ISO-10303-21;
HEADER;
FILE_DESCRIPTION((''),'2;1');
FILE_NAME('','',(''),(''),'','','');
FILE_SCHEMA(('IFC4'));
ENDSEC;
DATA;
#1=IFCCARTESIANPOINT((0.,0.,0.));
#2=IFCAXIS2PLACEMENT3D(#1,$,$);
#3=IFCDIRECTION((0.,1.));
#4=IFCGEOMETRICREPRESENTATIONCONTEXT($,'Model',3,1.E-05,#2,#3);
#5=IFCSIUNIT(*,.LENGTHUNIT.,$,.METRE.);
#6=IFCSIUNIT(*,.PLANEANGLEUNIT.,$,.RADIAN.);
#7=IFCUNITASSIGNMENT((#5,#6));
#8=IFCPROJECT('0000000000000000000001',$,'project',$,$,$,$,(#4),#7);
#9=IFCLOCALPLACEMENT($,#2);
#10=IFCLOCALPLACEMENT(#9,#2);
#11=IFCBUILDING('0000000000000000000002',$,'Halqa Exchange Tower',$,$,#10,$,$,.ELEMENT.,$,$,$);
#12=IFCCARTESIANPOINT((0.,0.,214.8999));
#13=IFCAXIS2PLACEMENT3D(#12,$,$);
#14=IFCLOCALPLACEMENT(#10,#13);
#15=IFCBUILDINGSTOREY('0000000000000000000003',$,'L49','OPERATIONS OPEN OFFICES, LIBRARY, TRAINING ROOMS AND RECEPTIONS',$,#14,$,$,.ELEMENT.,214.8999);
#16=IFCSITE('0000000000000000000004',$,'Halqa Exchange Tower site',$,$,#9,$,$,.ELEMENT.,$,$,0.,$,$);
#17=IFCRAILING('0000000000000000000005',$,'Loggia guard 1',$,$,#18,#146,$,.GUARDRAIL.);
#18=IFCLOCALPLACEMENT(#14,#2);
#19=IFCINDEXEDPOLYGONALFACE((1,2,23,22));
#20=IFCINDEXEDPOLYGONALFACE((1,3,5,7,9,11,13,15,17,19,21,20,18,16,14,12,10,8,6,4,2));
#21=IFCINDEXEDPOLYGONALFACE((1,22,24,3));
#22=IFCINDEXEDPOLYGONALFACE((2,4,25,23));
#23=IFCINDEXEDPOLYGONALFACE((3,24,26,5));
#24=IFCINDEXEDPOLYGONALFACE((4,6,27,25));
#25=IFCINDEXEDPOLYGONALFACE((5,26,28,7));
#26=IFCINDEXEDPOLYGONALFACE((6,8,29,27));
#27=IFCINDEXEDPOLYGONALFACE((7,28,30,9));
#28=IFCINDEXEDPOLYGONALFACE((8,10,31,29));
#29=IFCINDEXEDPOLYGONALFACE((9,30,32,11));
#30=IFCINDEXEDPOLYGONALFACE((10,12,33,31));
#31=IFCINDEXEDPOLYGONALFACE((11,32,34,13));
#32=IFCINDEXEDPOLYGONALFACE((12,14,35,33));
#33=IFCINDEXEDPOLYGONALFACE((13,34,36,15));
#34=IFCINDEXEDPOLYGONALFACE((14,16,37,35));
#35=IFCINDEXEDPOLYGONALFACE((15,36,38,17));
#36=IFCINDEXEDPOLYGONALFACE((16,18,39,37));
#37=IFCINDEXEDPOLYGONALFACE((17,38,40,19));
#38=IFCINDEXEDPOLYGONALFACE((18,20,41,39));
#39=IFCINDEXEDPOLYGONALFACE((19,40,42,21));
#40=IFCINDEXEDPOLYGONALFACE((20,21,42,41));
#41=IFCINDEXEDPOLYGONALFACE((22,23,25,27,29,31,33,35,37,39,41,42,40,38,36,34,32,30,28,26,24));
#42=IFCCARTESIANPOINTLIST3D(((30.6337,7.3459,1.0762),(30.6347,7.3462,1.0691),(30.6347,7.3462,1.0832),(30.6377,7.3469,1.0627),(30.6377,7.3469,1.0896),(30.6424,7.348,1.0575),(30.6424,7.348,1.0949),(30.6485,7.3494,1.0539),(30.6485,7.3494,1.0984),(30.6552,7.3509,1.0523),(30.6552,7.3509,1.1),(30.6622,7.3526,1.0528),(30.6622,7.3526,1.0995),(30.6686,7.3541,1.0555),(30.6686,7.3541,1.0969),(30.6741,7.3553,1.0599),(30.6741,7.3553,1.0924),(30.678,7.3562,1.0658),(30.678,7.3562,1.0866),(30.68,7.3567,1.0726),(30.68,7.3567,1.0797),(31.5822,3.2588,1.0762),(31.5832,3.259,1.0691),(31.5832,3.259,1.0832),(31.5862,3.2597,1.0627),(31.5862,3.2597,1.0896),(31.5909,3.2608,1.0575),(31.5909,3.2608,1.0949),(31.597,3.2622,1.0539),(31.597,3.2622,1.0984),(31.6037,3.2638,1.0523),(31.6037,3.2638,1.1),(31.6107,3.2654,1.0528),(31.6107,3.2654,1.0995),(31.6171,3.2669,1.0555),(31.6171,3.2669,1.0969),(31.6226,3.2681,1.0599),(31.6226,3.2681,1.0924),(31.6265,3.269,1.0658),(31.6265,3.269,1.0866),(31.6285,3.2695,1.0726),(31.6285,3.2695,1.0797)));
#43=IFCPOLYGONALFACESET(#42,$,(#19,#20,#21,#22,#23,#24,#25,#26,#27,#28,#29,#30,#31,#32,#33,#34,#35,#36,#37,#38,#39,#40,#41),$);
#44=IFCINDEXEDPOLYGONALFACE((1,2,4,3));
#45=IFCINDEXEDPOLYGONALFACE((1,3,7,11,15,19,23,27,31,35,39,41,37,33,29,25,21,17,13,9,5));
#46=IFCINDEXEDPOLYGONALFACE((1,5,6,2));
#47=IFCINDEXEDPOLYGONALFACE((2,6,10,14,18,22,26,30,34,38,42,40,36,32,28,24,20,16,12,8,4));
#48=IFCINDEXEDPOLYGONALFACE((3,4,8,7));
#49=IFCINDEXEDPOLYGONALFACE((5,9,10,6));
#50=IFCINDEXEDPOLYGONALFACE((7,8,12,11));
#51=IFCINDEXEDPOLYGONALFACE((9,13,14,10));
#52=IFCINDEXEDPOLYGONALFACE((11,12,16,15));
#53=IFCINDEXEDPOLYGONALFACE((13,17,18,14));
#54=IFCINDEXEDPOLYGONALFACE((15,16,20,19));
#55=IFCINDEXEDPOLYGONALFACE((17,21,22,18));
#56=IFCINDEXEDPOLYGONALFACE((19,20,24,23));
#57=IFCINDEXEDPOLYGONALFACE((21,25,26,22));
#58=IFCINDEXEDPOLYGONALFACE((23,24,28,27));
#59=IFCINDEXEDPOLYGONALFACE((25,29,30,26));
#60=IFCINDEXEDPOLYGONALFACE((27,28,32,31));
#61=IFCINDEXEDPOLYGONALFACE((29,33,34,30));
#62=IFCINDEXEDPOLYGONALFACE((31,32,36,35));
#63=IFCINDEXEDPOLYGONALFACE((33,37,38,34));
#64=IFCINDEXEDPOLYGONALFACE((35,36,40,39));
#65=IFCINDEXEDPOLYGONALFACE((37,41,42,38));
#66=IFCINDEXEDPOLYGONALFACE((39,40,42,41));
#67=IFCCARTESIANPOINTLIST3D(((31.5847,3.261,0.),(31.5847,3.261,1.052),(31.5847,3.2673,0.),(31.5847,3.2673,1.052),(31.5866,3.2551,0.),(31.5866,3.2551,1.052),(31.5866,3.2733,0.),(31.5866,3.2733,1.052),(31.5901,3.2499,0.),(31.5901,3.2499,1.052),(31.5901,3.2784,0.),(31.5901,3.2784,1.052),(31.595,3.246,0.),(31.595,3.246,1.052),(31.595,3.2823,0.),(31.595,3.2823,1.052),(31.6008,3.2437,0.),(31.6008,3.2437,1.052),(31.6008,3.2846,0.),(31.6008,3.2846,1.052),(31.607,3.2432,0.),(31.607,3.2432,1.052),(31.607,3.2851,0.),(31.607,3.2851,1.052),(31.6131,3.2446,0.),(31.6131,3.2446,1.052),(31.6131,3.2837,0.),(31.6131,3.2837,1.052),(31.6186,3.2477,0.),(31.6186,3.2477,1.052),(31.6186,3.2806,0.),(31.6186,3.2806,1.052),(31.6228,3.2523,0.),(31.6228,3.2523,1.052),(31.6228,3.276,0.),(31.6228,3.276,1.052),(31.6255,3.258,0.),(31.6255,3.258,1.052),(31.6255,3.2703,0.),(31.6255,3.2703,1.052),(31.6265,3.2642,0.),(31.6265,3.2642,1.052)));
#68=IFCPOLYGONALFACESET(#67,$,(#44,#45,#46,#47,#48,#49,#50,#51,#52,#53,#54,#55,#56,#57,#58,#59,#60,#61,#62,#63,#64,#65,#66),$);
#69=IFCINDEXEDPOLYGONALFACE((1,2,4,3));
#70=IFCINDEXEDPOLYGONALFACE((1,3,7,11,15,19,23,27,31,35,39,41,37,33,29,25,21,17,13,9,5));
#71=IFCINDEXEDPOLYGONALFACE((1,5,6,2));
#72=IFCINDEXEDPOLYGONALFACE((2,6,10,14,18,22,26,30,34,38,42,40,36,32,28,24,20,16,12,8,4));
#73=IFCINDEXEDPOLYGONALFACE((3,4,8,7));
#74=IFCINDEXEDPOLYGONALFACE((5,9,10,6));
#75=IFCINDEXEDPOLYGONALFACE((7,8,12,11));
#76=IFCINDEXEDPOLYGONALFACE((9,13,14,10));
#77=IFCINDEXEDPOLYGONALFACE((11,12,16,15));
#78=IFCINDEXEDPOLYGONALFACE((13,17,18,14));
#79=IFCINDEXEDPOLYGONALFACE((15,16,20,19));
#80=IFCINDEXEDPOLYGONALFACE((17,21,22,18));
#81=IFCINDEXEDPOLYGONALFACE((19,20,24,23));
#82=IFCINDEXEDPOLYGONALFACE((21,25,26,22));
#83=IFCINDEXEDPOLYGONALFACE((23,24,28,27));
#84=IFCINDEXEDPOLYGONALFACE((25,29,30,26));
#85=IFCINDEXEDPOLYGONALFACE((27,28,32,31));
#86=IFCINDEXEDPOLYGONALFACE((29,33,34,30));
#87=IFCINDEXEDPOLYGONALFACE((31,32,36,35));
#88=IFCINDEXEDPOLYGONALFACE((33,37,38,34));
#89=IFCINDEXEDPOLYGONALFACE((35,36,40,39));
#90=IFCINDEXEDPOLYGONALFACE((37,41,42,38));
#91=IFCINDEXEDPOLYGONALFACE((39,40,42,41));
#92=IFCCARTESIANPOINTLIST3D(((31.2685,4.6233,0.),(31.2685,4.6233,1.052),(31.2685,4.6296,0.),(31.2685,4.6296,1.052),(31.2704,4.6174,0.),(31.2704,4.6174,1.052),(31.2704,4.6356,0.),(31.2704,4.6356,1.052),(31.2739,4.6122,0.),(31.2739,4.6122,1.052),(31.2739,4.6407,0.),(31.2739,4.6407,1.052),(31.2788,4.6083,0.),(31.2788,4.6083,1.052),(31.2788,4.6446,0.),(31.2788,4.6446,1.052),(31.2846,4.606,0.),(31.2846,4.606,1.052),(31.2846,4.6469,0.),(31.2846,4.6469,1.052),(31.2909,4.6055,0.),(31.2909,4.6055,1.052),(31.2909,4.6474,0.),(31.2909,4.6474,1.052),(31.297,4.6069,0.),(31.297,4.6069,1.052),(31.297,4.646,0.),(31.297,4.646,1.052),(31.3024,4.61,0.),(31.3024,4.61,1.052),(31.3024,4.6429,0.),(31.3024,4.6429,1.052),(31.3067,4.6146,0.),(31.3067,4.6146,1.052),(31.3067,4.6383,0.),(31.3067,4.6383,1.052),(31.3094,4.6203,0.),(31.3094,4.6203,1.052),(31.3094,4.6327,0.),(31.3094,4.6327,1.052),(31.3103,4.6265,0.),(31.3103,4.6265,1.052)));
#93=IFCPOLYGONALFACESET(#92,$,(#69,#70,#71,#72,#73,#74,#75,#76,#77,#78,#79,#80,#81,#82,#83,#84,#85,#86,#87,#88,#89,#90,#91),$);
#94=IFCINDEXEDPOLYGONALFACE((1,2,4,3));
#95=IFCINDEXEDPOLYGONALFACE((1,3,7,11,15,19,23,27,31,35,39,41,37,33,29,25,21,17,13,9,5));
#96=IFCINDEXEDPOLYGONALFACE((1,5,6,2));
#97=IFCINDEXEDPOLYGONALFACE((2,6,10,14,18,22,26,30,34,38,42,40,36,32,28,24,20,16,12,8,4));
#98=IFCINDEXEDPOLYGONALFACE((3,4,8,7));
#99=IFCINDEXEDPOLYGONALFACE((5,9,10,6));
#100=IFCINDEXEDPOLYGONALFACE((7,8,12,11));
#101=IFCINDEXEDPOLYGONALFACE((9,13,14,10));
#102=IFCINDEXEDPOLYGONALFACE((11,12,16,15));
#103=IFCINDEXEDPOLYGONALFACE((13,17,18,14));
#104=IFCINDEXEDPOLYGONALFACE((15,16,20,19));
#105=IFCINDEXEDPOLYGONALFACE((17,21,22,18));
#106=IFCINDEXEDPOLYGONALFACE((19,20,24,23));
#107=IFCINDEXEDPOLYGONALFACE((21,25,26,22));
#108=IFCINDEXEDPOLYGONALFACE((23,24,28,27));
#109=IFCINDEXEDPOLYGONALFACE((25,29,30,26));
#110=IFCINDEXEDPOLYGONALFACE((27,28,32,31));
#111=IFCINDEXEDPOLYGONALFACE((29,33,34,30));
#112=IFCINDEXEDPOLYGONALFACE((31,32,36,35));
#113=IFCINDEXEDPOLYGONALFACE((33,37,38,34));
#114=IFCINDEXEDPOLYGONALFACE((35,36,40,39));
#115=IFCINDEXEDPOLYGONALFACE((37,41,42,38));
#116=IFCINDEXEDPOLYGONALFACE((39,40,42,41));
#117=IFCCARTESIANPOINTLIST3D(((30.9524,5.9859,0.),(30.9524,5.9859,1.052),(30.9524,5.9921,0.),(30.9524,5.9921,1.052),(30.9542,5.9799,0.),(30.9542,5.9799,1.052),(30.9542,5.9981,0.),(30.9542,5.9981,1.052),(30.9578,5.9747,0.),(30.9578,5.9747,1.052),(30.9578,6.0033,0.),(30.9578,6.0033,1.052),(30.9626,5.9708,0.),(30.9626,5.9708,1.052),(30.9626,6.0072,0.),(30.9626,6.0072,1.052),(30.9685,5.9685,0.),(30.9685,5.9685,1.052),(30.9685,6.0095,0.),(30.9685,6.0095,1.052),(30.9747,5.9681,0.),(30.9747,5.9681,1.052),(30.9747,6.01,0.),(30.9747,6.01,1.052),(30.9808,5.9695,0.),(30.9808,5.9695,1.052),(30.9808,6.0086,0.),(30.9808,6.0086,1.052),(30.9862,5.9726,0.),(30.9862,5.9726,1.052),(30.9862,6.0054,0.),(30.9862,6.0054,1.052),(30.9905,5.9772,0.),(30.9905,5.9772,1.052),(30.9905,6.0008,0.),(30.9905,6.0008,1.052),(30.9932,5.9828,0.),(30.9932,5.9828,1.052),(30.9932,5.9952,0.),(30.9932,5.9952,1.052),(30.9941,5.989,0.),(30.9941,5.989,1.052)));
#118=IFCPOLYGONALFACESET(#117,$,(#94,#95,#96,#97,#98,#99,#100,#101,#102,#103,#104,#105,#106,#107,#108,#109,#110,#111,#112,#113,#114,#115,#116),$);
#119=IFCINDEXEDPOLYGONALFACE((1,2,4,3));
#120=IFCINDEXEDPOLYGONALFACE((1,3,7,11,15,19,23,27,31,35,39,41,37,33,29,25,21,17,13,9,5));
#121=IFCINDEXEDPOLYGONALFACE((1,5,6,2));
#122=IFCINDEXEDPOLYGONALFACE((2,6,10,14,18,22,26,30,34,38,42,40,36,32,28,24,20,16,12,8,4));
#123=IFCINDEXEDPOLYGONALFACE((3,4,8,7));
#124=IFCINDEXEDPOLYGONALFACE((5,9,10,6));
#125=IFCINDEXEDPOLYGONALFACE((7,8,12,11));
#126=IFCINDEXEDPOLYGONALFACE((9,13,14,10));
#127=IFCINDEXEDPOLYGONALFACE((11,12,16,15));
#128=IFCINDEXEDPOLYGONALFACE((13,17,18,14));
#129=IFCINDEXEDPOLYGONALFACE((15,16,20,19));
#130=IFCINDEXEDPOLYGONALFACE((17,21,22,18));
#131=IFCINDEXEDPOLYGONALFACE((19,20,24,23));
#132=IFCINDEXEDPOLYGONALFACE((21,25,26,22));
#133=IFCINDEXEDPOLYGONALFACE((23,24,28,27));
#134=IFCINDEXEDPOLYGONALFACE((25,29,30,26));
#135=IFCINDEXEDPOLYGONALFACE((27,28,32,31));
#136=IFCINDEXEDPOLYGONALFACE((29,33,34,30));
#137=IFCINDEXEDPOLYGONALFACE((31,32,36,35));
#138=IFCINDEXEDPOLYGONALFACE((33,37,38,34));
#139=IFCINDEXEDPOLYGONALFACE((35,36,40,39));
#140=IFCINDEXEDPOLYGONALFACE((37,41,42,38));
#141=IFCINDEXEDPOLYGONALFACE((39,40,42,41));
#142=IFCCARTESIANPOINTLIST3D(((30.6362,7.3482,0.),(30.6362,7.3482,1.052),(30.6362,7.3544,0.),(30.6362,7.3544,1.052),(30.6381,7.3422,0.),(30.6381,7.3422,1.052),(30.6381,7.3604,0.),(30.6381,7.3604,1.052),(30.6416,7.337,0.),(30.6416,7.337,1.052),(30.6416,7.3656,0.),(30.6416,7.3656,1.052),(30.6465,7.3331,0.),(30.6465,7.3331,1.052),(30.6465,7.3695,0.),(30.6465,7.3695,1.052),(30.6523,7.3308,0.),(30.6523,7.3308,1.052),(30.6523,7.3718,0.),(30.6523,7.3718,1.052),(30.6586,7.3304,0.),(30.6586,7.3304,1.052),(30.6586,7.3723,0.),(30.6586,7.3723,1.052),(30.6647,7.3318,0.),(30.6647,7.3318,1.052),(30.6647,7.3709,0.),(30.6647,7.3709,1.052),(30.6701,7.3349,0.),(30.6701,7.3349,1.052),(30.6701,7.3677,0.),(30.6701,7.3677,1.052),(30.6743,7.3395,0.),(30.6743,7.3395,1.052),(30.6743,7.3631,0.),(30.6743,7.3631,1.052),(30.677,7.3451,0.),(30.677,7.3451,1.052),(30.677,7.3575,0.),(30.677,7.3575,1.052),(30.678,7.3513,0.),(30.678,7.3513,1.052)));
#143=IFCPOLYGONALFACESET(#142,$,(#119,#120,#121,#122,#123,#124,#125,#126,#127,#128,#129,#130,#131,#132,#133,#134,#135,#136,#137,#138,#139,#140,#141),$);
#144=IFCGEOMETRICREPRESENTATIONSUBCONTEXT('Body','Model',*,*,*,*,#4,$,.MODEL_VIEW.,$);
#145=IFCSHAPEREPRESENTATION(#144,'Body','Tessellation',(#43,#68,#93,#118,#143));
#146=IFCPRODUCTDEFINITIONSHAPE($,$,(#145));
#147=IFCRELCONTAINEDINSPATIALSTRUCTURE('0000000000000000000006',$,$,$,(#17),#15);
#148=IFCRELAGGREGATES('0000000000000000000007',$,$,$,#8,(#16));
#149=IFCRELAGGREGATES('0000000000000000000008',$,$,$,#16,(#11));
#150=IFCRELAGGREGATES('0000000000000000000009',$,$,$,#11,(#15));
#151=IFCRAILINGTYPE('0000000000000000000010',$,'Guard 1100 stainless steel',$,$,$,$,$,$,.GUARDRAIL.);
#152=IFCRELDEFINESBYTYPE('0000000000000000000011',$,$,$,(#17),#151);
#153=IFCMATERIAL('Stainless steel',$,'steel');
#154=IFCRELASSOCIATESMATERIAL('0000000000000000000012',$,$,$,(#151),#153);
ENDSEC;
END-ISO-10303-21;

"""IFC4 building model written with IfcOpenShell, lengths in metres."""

from ifc_helpers import new_model, si_unit, direction, frame, origin, origin_2d, place, context, subcontext, project, spatial, circle, extrude, material, type_object, element, save


model = new_model("IFC4")

# Units and contexts
model_context = context("Model", 3, precision=1e-05, world=origin(), true_north=direction((0.0, 1.0)))
body_context = subcontext(model_context, "Body", "Model", "MODEL_VIEW")
ifc_project = project(units=[si_unit("LENGTHUNIT", "METRE"), si_unit("PLANEANGLEUNIT", "RADIAN")], contexts=[model_context])

# Site, building, storey
site_placement = place(None, origin())
site = spatial("IfcSite", under=ifc_project, at=site_placement, Name="Halqa Exchange Tower site", CompositionType="ELEMENT", RefElevation=0.0)
building_placement = place(site_placement, origin())
building = spatial("IfcBuilding", under=site, at=building_placement, Name="Halqa Exchange Tower", CompositionType="ELEMENT")
storey_placement = place(building_placement, frame((0.0, 0.0, 214.8999)))
storey = spatial("IfcBuildingStorey", under=building, at=storey_placement, Name="L49", Description="OPERATIONS OPEN OFFICES, LIBRARY, TRAINING ROOMS AND RECEPTIONS", CompositionType="ELEMENT", Elevation=214.8999)

# Railing
ifc_material_1 = material(Name="Stainless steel", Category="steel")
railing_type = type_object("IfcRailingType", Name="Guard 1100 stainless steel", PredefinedType="GUARDRAIL", material=ifc_material_1)
railing_1_placement = place(storey_placement, frame((31.6055, 3.2642, 0.0)))
element("IfcRailing", 1, at=railing_1_placement, inside=storey, type_object=railing_type, Name="Loggia guard 1", PredefinedType="GUARDRAIL", context=body_context, shape_type="SweptSolid", body=[
    extrude(circle(Radius=0.0239, at=origin_2d()), frame((0.0, 0.0, 1.0762), z_axis=(-0.226058, 0.974114, 0.0), x_axis=(-0.974114, -0.226058, 0.0)), (0.0, 0.0, 1.0), 4.1958),
    extrude(circle(Radius=0.021, at=origin_2d()), origin(), (0.0, 0.0, 1.0), 1.052),
    extrude(circle(Radius=0.021, at=origin_2d()), frame((-0.3162, 1.3623, 0.0)), (0.0, 0.0, 1.0), 1.052),
    extrude(circle(Radius=0.021, at=origin_2d()), frame((-0.6323, 2.7249, 0.0)), (0.0, 0.0, 1.0), 1.052),
    extrude(circle(Radius=0.021, at=origin_2d()), frame((-0.9485, 4.0872, 0.0)), (0.0, 0.0, 1.0), 1.052),
])

save(model, "model.ifc")
